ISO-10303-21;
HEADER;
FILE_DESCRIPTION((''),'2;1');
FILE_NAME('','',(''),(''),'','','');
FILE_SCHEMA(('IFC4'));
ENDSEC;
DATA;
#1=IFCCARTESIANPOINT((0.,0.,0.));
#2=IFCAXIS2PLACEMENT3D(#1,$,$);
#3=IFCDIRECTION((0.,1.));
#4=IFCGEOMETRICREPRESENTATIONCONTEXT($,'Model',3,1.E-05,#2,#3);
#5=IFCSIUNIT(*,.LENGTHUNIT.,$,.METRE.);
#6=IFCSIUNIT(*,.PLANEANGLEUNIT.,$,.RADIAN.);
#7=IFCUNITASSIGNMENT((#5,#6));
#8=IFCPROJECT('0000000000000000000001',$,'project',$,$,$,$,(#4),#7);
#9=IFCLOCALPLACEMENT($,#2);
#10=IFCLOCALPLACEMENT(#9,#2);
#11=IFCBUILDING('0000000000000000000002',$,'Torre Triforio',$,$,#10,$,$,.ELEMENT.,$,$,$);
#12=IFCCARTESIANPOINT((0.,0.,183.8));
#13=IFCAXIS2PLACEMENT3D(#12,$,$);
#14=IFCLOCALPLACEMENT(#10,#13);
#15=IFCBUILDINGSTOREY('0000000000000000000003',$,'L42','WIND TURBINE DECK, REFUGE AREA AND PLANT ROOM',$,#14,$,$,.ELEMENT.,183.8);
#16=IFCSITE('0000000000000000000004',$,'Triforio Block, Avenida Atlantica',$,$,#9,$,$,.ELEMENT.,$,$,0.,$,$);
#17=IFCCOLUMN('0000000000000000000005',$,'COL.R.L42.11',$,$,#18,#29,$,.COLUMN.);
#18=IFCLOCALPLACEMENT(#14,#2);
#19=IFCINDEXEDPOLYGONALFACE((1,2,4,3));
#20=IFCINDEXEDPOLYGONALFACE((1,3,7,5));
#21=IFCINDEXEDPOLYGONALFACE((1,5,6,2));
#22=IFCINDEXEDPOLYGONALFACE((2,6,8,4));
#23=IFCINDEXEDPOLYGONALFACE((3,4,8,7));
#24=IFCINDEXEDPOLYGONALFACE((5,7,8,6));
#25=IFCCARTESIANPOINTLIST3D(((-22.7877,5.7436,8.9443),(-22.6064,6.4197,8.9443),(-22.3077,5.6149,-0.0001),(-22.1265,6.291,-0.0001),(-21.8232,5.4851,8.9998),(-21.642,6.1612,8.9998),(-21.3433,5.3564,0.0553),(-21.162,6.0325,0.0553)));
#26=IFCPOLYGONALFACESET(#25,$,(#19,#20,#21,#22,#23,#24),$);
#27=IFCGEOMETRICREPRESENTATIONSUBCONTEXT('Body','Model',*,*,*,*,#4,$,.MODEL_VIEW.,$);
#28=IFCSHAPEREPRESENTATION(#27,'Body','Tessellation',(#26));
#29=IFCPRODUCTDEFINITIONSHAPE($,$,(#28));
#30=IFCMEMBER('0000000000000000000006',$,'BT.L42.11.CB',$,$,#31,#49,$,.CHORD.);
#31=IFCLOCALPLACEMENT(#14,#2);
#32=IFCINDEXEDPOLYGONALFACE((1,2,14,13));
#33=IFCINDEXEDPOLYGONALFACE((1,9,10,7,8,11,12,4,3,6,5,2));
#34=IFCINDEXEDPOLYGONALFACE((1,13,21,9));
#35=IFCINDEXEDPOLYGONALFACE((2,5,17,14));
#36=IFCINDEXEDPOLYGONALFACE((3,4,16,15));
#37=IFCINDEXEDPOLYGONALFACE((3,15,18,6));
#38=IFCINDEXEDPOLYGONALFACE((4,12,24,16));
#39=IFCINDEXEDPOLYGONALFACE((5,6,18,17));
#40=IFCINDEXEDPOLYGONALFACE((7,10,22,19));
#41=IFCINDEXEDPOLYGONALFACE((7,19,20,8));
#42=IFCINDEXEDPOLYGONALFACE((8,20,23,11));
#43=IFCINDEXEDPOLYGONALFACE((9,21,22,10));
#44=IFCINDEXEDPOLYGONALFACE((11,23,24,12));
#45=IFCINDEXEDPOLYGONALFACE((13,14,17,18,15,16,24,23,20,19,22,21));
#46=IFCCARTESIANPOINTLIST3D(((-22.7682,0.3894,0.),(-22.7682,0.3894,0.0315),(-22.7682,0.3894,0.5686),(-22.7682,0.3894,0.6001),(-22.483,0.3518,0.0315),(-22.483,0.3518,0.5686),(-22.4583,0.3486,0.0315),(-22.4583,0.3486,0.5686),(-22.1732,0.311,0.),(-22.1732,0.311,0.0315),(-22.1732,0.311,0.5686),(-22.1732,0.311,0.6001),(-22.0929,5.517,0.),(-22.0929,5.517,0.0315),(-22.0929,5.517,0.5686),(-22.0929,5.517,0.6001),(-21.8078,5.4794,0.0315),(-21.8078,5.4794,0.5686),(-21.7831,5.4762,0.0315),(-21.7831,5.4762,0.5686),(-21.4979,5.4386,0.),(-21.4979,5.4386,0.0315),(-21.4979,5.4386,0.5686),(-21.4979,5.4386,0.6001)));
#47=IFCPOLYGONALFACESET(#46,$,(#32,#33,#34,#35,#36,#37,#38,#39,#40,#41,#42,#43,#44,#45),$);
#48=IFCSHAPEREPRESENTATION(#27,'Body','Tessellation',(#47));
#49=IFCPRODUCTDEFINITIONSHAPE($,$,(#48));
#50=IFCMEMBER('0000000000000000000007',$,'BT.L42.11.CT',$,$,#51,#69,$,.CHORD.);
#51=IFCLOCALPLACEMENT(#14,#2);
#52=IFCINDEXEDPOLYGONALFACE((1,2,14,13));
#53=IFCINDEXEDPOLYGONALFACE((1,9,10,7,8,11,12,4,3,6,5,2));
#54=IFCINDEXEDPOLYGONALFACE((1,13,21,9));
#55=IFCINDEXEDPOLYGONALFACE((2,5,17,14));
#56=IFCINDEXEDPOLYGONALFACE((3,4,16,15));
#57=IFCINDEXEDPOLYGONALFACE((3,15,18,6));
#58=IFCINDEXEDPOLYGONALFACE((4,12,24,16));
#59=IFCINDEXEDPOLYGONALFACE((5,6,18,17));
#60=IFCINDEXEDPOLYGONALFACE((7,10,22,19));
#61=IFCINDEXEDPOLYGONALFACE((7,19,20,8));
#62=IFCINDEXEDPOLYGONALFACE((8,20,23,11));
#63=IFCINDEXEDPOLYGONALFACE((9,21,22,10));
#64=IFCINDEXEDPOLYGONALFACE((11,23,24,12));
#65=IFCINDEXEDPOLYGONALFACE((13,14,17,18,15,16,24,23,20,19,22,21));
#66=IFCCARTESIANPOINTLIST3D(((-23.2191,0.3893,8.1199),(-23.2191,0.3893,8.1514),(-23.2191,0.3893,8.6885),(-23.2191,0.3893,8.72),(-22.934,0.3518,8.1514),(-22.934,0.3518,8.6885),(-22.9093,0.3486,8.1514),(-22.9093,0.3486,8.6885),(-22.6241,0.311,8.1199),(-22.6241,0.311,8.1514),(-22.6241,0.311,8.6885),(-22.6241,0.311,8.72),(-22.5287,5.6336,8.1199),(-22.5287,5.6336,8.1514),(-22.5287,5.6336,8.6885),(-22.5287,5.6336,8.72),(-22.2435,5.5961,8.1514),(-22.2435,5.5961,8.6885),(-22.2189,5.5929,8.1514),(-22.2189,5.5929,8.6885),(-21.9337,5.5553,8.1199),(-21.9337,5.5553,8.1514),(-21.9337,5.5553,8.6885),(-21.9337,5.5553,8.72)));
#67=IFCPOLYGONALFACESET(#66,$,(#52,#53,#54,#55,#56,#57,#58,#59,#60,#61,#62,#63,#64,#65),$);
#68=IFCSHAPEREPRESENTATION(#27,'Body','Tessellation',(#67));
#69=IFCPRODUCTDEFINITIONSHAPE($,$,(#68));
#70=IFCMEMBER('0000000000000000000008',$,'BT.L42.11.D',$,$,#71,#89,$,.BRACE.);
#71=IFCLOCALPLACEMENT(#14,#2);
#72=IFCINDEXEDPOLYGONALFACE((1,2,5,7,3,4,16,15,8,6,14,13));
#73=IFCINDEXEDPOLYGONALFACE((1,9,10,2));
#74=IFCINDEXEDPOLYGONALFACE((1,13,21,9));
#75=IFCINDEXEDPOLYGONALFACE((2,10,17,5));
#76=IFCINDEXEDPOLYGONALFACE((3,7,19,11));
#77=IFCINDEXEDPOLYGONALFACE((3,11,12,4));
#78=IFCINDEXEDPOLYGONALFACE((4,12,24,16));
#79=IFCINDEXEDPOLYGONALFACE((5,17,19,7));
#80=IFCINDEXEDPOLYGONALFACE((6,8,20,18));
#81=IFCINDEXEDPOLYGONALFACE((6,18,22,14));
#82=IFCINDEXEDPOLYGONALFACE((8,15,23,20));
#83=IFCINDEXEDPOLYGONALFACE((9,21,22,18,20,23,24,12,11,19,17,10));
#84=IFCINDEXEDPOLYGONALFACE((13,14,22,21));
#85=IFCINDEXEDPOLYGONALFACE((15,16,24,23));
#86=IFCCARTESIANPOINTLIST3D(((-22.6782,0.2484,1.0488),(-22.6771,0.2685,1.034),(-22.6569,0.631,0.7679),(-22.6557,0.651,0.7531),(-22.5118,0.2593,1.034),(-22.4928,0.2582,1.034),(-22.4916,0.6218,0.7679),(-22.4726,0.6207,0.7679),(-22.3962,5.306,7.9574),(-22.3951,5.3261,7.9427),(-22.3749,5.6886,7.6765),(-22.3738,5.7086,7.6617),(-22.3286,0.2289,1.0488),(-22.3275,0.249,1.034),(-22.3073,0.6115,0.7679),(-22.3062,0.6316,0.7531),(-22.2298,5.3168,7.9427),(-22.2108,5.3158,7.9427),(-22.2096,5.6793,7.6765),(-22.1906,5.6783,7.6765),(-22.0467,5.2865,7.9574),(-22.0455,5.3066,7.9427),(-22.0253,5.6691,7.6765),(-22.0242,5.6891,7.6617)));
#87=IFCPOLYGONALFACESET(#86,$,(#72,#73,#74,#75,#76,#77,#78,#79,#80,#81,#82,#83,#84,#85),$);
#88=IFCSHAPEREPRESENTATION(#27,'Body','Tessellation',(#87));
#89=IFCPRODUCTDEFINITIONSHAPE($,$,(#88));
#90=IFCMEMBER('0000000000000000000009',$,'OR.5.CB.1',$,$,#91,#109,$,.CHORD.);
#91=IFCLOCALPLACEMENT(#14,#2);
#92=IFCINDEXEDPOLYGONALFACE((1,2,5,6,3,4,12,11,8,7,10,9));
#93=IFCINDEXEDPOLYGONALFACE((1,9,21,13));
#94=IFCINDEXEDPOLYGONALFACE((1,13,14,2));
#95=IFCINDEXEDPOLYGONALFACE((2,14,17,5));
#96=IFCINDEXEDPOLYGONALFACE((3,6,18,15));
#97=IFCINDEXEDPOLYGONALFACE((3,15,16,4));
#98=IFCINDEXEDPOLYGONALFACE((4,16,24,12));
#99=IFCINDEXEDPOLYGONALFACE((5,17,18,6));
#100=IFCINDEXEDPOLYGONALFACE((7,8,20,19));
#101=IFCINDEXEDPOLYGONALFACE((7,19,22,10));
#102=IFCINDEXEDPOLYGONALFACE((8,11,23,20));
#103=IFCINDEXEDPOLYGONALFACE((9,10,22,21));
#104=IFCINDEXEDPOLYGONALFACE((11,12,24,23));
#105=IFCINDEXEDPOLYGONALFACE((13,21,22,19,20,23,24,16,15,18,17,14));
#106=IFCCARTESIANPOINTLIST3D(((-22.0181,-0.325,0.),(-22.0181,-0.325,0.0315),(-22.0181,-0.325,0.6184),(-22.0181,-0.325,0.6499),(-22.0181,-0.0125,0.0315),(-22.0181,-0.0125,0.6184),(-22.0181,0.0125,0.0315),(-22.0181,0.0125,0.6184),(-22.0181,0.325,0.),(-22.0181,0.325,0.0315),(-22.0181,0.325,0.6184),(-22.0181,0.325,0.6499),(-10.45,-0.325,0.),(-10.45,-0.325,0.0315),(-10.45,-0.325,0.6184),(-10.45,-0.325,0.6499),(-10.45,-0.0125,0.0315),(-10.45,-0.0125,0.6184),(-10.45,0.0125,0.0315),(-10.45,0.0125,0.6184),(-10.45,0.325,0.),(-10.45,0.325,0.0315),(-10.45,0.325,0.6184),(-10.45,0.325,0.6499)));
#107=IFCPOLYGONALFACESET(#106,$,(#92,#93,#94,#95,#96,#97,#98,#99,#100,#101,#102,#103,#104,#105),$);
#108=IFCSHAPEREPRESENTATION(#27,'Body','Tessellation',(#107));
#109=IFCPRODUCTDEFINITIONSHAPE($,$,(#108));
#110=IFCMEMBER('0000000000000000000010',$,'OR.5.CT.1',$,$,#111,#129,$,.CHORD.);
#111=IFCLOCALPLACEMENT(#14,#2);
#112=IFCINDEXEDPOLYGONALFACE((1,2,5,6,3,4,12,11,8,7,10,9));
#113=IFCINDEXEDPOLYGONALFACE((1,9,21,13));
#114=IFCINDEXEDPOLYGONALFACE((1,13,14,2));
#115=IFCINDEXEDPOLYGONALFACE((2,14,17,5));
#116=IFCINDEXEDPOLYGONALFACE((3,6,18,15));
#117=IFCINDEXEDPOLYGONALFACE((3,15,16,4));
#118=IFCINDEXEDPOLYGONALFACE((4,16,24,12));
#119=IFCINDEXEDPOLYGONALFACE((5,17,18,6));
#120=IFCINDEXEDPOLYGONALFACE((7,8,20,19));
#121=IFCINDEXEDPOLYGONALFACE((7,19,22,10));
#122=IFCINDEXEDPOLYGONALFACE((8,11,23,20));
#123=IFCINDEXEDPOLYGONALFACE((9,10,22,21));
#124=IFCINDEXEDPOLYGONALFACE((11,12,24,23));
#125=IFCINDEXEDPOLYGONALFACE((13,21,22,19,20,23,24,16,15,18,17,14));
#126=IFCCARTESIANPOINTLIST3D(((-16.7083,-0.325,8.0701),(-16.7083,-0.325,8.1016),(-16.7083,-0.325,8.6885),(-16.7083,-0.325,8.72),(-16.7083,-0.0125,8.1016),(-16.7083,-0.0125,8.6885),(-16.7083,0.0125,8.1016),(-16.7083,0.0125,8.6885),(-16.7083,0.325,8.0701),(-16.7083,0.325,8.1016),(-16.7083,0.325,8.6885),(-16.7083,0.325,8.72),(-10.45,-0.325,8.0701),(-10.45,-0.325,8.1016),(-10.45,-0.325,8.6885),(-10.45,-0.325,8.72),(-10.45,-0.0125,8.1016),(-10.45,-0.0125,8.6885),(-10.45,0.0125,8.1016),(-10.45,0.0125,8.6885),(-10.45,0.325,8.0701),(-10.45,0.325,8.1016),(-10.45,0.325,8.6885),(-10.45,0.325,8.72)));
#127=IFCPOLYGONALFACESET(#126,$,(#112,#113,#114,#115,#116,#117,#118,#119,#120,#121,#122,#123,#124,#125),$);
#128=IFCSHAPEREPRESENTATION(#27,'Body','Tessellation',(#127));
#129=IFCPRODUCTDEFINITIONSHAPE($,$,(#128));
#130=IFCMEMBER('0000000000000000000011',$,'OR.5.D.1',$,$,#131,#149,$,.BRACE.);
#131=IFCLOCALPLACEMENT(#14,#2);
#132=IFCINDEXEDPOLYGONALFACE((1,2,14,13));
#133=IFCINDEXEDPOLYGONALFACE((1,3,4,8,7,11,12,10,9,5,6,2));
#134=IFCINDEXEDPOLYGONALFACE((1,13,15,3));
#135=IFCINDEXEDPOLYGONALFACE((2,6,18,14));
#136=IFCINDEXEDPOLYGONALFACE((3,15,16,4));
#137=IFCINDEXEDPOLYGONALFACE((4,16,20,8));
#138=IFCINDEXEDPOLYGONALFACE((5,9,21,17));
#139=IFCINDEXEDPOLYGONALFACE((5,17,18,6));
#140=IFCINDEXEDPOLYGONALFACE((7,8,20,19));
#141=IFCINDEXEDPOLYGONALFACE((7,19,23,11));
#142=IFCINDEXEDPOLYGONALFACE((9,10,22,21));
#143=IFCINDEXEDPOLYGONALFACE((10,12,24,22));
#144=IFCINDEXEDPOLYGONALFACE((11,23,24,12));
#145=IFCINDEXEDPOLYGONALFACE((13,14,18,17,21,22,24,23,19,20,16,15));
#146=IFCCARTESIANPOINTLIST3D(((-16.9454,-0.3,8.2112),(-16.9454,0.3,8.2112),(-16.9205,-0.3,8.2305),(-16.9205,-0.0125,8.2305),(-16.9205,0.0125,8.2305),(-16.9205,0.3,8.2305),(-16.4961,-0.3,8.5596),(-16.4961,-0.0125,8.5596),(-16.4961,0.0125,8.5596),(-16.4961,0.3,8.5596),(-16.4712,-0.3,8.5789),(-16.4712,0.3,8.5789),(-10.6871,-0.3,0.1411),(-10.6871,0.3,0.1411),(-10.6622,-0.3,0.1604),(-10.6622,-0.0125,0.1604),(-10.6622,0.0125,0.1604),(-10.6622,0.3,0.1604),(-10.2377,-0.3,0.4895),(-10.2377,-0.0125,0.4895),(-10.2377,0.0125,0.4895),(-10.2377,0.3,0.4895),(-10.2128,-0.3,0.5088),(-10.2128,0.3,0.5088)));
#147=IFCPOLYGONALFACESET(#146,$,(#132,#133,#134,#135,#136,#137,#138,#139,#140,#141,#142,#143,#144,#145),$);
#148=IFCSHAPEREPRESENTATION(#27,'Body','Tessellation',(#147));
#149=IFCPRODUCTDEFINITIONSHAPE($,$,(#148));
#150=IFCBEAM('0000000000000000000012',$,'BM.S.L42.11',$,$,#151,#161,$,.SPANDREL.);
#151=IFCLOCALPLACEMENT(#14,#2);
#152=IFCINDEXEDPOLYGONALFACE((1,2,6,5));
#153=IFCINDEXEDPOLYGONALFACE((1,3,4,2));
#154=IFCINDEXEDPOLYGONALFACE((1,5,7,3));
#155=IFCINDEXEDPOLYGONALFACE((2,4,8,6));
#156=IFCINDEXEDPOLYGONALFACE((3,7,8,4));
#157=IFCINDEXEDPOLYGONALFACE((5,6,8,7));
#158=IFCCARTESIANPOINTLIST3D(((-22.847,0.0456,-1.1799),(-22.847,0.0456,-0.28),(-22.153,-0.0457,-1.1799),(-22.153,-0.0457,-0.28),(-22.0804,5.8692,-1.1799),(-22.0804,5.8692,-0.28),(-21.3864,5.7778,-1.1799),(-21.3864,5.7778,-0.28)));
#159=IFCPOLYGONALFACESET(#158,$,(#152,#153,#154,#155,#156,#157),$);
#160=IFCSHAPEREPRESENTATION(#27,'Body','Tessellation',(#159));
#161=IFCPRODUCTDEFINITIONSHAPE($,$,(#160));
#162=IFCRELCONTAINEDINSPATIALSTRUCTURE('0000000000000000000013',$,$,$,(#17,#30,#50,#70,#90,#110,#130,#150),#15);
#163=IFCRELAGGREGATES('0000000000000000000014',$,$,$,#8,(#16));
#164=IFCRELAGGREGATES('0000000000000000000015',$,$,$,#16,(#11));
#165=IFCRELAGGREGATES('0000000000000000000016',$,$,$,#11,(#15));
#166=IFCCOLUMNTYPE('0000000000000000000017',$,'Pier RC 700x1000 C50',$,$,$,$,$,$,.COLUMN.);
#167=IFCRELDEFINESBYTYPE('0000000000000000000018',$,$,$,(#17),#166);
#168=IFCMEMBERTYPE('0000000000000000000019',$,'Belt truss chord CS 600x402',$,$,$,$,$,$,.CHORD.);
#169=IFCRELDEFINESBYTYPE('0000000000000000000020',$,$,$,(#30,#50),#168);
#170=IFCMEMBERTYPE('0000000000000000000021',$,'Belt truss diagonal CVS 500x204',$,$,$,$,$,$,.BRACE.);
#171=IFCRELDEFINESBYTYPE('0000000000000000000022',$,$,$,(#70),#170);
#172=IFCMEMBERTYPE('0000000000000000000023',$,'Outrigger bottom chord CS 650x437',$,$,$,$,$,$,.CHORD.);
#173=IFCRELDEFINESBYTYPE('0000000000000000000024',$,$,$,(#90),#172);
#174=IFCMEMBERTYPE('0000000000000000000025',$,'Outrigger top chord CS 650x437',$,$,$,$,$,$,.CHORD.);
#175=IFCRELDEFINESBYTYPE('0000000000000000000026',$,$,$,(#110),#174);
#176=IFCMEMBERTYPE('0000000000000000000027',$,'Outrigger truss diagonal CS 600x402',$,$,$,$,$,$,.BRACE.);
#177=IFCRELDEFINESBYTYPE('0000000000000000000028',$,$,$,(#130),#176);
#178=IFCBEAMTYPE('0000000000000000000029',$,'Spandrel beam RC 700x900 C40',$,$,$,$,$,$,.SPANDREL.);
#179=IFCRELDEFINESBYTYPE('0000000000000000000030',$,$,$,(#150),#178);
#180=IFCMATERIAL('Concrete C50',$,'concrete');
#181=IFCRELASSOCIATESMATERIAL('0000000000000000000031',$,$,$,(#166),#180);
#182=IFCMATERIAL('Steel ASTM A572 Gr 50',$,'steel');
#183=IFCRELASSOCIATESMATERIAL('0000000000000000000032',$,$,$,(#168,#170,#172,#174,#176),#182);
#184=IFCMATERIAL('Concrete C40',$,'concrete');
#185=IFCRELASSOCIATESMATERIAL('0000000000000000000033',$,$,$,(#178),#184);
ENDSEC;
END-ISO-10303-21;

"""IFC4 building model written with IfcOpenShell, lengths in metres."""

from ifc_helpers import new_model, si_unit, direction, frame, origin, origin_2d, place, context, subcontext, project, spatial, rectangle, i_section, extrude, material, material_profile, profile_set, type_object, element, save


model = new_model("IFC4")

# Units and contexts
model_context = context("Model", 3, precision=1e-05, world=origin(), true_north=direction((0.0, 1.0)))
body_context = subcontext(model_context, "Body", "Model", "MODEL_VIEW")
ifc_project = project(units=[si_unit("LENGTHUNIT", "METRE"), si_unit("PLANEANGLEUNIT", "RADIAN")], contexts=[model_context])

# Site, building, storey
site_placement = place(None, origin())
site = spatial("IfcSite", under=ifc_project, at=site_placement, Name="Triforio Block, Avenida Atlantica", CompositionType="ELEMENT", RefElevation=0.0)
building_placement = place(site_placement, origin())
building = spatial("IfcBuilding", under=site, at=building_placement, Name="Torre Triforio", CompositionType="ELEMENT")
storey_placement = place(building_placement, frame((0.0, 0.0, 183.8)))
storey = spatial("IfcBuildingStorey", under=building, at=storey_placement, Name="L42", Description="WIND TURBINE DECK, REFUGE AREA AND PLANT ROOM", CompositionType="ELEMENT", Elevation=183.8)

# Column
ifc_material_1 = material(Name="Concrete C50", Category="concrete")
ifc_material_profile_1 = material_profile(ifc_material_1, rectangle(XDim=0.7, YDim=1.0, at=origin_2d()), Name="RC 700x1000")
ifc_profile_set_1 = profile_set([ifc_material_profile_1], Name="Concrete C50")
column_type = type_object("IfcColumnType", Name="Pier RC 700x1000 C50", PredefinedType="COLUMN", material=ifc_profile_set_1)
column_placement = place(storey_placement, frame((-21.7349, 5.8237, 0.0276), z_axis=(-0.053579, 0.014362, 0.99846), x_axis=(-0.258916, -0.9659, 0.0)))
element("IfcColumn", 1, at=column_placement, inside=storey, type_object=column_type, Name="COL.R.L42.11", PredefinedType="COLUMN", context=body_context, shape_type="SweptSolid", body=[
    extrude(rectangle(XDim=0.7, YDim=1.0, at=origin_2d()), origin(), (0.0, 0.0, 1.0), 8.9583),
])

# Members
ifc_material_2 = material(Name="Steel ASTM A572 Gr 50", Category="steel")
ifc_material_profile_2 = material_profile(ifc_material_2, i_section(OverallWidth=0.6001, OverallDepth=0.6001, WebThickness=0.0249, FlangeThickness=0.0315, at=origin_2d()), Name="CS 600x402")
ifc_profile_set_2 = profile_set([ifc_material_profile_2], Name="Steel ASTM A572 Gr 50")
member_type_1 = type_object("IfcMemberType", Name="Belt truss chord CS 600x402", PredefinedType="CHORD", material=ifc_profile_set_2)
member_1_placement = place(storey_placement, frame((-21.7954, 5.4778, 0.3), z_axis=(-0.130568, -0.991439, 0.0), x_axis=(0.991439, -0.130568, 0.0)))
element("IfcMember", 2, at=member_1_placement, inside=storey, type_object=member_type_1, Name="BT.L42.11.CB", PredefinedType="CHORD", context=body_context, shape_type="SweptSolid", body=[
    extrude(i_section(OverallWidth=0.6001, OverallDepth=0.6001, WebThickness=0.0249, FlangeThickness=0.0315, at=origin_2d()), origin(), (0.0, 0.0, 1.0), 5.1719),
])
member_2_placement = place(storey_placement, frame((-22.2312, 5.5945, 8.4199), z_axis=(-0.130525, -0.991445, 0.0), x_axis=(0.991445, -0.130525, 0.0)))
element("IfcMember", 3, at=member_2_placement, inside=storey, type_object=member_type_1, Name="BT.L42.11.CT", PredefinedType="CHORD", context=body_context, shape_type="SweptSolid", body=[
    extrude(i_section(OverallWidth=0.6001, OverallDepth=0.6001, WebThickness=0.0249, FlangeThickness=0.0315, at=origin_2d()), origin(), (0.0, 0.0, 1.0), 5.2896),
])
ifc_material_profile_3 = material_profile(ifc_material_2, i_section(OverallWidth=0.3501, OverallDepth=0.5, WebThickness=0.019, FlangeThickness=0.0249, at=origin_2d()), Name="CVS 500x204")
ifc_profile_set_3 = profile_set([ifc_material_profile_3], Name="Steel ASTM A572 Gr 50")
member_type_2 = type_object("IfcMemberType", Name="Belt truss diagonal CVS 500x204", PredefinedType="BRACE", material=ifc_profile_set_3)
member_3_placement = place(storey_placement, frame((-22.2102, 5.4976, 7.8096), z_axis=(-0.032916, -0.590378, -0.806455), x_axis=(0.998449, -0.055668, 0.0)))
element("IfcMember", 4, at=member_3_placement, inside=storey, type_object=member_type_2, Name="BT.L42.11.D", PredefinedType="BRACE", context=body_context, shape_type="SweptSolid", body=[
    extrude(i_section(OverallWidth=0.3501, OverallDepth=0.5, WebThickness=0.019, FlangeThickness=0.0249, at=origin_2d()), origin(), (0.0, 0.0, 1.0), 8.5667),
])
ifc_material_profile_4 = material_profile(ifc_material_2, i_section(OverallWidth=0.6499, OverallDepth=0.6499, WebThickness=0.0249, FlangeThickness=0.0315, at=origin_2d()), Name="CS 650x437")
ifc_profile_set_4 = profile_set([ifc_material_profile_4], Name="Steel ASTM A572 Gr 50")
member_type_3 = type_object("IfcMemberType", Name="Outrigger bottom chord CS 650x437", PredefinedType="CHORD", material=ifc_profile_set_4)
member_4_placement = place(storey_placement, frame((-10.45, 0.0, 0.325), z_axis=(-1.0, 0.0, 0.0), x_axis=(0.0, -1.0, 0.0)))
element("IfcMember", 5, at=member_4_placement, inside=storey, type_object=member_type_3, Name="OR.5.CB.1", PredefinedType="CHORD", context=body_context, shape_type="SweptSolid", body=[
    extrude(i_section(OverallWidth=0.6499, OverallDepth=0.6499, WebThickness=0.0249, FlangeThickness=0.0315, at=origin_2d()), origin(), (0.0, 0.0, 1.0), 11.5681),
])
ifc_material_profile_5 = material_profile(ifc_material_2, i_section(OverallWidth=0.6499, OverallDepth=0.6499, WebThickness=0.0249, FlangeThickness=0.0315, at=origin_2d()), Name="CS 650x437")
ifc_profile_set_5 = profile_set([ifc_material_profile_5], Name="Steel ASTM A572 Gr 50")
member_type_4 = type_object("IfcMemberType", Name="Outrigger top chord CS 650x437", PredefinedType="CHORD", material=ifc_profile_set_5)
member_5_placement = place(storey_placement, frame((-10.45, 0.0, 8.395), z_axis=(-1.0, 0.0, 0.0), x_axis=(0.0, -1.0, 0.0)))
element("IfcMember", 6, at=member_5_placement, inside=storey, type_object=member_type_4, Name="OR.5.CT.1", PredefinedType="CHORD", context=body_context, shape_type="SweptSolid", body=[
    extrude(i_section(OverallWidth=0.6499, OverallDepth=0.6499, WebThickness=0.0249, FlangeThickness=0.0315, at=origin_2d()), origin(), (0.0, 0.0, 1.0), 6.2583),
])
ifc_material_profile_6 = material_profile(ifc_material_2, i_section(OverallWidth=0.6001, OverallDepth=0.6001, WebThickness=0.0249, FlangeThickness=0.0315, at=origin_2d()), Name="CS 600x402")
ifc_profile_set_6 = profile_set([ifc_material_profile_6], Name="Steel ASTM A572 Gr 50")
member_type_5 = type_object("IfcMemberType", Name="Outrigger truss diagonal CS 600x402", PredefinedType="BRACE", material=ifc_profile_set_6)
member_6_placement = place(storey_placement, frame((-10.45, 0.0, 0.325), z_axis=(-0.612816, 0.0, 0.790225), x_axis=(0.0, -1.0, 0.0)))
element("IfcMember", 7, at=member_6_placement, inside=storey, type_object=member_type_5, Name="OR.5.D.1", PredefinedType="BRACE", context=body_context, shape_type="SweptSolid", body=[
    extrude(i_section(OverallWidth=0.6001, OverallDepth=0.6001, WebThickness=0.0249, FlangeThickness=0.0315, at=origin_2d()), origin(), (0.0, 0.0, 1.0), 10.2124),
])

# Beam
ifc_material_3 = material(Name="Concrete C40", Category="concrete")
ifc_material_profile_7 = material_profile(ifc_material_3, rectangle(XDim=0.7, YDim=0.8999, at=origin_2d()), Name="RC 700x900")
ifc_profile_set_7 = profile_set([ifc_material_profile_7], Name="Concrete C40")
beam_type = type_object("IfcBeamType", Name="Spandrel beam RC 700x900 C40", PredefinedType="SPANDREL", material=ifc_profile_set_7)
beam_placement = place(storey_placement, frame((-21.7334, 5.8235, -0.73), z_axis=(-0.130514, -0.991447, 0.0), x_axis=(0.991447, -0.130514, 0.0)))
element("IfcBeam", 8, at=beam_placement, inside=storey, type_object=beam_type, Name="BM.S.L42.11", PredefinedType="SPANDREL", context=body_context, shape_type="SweptSolid", body=[
    extrude(rectangle(XDim=0.7, YDim=0.8999, at=origin_2d()), origin(), (0.0, 0.0, 1.0), 5.8738),
])

save(model, "model.ifc")
